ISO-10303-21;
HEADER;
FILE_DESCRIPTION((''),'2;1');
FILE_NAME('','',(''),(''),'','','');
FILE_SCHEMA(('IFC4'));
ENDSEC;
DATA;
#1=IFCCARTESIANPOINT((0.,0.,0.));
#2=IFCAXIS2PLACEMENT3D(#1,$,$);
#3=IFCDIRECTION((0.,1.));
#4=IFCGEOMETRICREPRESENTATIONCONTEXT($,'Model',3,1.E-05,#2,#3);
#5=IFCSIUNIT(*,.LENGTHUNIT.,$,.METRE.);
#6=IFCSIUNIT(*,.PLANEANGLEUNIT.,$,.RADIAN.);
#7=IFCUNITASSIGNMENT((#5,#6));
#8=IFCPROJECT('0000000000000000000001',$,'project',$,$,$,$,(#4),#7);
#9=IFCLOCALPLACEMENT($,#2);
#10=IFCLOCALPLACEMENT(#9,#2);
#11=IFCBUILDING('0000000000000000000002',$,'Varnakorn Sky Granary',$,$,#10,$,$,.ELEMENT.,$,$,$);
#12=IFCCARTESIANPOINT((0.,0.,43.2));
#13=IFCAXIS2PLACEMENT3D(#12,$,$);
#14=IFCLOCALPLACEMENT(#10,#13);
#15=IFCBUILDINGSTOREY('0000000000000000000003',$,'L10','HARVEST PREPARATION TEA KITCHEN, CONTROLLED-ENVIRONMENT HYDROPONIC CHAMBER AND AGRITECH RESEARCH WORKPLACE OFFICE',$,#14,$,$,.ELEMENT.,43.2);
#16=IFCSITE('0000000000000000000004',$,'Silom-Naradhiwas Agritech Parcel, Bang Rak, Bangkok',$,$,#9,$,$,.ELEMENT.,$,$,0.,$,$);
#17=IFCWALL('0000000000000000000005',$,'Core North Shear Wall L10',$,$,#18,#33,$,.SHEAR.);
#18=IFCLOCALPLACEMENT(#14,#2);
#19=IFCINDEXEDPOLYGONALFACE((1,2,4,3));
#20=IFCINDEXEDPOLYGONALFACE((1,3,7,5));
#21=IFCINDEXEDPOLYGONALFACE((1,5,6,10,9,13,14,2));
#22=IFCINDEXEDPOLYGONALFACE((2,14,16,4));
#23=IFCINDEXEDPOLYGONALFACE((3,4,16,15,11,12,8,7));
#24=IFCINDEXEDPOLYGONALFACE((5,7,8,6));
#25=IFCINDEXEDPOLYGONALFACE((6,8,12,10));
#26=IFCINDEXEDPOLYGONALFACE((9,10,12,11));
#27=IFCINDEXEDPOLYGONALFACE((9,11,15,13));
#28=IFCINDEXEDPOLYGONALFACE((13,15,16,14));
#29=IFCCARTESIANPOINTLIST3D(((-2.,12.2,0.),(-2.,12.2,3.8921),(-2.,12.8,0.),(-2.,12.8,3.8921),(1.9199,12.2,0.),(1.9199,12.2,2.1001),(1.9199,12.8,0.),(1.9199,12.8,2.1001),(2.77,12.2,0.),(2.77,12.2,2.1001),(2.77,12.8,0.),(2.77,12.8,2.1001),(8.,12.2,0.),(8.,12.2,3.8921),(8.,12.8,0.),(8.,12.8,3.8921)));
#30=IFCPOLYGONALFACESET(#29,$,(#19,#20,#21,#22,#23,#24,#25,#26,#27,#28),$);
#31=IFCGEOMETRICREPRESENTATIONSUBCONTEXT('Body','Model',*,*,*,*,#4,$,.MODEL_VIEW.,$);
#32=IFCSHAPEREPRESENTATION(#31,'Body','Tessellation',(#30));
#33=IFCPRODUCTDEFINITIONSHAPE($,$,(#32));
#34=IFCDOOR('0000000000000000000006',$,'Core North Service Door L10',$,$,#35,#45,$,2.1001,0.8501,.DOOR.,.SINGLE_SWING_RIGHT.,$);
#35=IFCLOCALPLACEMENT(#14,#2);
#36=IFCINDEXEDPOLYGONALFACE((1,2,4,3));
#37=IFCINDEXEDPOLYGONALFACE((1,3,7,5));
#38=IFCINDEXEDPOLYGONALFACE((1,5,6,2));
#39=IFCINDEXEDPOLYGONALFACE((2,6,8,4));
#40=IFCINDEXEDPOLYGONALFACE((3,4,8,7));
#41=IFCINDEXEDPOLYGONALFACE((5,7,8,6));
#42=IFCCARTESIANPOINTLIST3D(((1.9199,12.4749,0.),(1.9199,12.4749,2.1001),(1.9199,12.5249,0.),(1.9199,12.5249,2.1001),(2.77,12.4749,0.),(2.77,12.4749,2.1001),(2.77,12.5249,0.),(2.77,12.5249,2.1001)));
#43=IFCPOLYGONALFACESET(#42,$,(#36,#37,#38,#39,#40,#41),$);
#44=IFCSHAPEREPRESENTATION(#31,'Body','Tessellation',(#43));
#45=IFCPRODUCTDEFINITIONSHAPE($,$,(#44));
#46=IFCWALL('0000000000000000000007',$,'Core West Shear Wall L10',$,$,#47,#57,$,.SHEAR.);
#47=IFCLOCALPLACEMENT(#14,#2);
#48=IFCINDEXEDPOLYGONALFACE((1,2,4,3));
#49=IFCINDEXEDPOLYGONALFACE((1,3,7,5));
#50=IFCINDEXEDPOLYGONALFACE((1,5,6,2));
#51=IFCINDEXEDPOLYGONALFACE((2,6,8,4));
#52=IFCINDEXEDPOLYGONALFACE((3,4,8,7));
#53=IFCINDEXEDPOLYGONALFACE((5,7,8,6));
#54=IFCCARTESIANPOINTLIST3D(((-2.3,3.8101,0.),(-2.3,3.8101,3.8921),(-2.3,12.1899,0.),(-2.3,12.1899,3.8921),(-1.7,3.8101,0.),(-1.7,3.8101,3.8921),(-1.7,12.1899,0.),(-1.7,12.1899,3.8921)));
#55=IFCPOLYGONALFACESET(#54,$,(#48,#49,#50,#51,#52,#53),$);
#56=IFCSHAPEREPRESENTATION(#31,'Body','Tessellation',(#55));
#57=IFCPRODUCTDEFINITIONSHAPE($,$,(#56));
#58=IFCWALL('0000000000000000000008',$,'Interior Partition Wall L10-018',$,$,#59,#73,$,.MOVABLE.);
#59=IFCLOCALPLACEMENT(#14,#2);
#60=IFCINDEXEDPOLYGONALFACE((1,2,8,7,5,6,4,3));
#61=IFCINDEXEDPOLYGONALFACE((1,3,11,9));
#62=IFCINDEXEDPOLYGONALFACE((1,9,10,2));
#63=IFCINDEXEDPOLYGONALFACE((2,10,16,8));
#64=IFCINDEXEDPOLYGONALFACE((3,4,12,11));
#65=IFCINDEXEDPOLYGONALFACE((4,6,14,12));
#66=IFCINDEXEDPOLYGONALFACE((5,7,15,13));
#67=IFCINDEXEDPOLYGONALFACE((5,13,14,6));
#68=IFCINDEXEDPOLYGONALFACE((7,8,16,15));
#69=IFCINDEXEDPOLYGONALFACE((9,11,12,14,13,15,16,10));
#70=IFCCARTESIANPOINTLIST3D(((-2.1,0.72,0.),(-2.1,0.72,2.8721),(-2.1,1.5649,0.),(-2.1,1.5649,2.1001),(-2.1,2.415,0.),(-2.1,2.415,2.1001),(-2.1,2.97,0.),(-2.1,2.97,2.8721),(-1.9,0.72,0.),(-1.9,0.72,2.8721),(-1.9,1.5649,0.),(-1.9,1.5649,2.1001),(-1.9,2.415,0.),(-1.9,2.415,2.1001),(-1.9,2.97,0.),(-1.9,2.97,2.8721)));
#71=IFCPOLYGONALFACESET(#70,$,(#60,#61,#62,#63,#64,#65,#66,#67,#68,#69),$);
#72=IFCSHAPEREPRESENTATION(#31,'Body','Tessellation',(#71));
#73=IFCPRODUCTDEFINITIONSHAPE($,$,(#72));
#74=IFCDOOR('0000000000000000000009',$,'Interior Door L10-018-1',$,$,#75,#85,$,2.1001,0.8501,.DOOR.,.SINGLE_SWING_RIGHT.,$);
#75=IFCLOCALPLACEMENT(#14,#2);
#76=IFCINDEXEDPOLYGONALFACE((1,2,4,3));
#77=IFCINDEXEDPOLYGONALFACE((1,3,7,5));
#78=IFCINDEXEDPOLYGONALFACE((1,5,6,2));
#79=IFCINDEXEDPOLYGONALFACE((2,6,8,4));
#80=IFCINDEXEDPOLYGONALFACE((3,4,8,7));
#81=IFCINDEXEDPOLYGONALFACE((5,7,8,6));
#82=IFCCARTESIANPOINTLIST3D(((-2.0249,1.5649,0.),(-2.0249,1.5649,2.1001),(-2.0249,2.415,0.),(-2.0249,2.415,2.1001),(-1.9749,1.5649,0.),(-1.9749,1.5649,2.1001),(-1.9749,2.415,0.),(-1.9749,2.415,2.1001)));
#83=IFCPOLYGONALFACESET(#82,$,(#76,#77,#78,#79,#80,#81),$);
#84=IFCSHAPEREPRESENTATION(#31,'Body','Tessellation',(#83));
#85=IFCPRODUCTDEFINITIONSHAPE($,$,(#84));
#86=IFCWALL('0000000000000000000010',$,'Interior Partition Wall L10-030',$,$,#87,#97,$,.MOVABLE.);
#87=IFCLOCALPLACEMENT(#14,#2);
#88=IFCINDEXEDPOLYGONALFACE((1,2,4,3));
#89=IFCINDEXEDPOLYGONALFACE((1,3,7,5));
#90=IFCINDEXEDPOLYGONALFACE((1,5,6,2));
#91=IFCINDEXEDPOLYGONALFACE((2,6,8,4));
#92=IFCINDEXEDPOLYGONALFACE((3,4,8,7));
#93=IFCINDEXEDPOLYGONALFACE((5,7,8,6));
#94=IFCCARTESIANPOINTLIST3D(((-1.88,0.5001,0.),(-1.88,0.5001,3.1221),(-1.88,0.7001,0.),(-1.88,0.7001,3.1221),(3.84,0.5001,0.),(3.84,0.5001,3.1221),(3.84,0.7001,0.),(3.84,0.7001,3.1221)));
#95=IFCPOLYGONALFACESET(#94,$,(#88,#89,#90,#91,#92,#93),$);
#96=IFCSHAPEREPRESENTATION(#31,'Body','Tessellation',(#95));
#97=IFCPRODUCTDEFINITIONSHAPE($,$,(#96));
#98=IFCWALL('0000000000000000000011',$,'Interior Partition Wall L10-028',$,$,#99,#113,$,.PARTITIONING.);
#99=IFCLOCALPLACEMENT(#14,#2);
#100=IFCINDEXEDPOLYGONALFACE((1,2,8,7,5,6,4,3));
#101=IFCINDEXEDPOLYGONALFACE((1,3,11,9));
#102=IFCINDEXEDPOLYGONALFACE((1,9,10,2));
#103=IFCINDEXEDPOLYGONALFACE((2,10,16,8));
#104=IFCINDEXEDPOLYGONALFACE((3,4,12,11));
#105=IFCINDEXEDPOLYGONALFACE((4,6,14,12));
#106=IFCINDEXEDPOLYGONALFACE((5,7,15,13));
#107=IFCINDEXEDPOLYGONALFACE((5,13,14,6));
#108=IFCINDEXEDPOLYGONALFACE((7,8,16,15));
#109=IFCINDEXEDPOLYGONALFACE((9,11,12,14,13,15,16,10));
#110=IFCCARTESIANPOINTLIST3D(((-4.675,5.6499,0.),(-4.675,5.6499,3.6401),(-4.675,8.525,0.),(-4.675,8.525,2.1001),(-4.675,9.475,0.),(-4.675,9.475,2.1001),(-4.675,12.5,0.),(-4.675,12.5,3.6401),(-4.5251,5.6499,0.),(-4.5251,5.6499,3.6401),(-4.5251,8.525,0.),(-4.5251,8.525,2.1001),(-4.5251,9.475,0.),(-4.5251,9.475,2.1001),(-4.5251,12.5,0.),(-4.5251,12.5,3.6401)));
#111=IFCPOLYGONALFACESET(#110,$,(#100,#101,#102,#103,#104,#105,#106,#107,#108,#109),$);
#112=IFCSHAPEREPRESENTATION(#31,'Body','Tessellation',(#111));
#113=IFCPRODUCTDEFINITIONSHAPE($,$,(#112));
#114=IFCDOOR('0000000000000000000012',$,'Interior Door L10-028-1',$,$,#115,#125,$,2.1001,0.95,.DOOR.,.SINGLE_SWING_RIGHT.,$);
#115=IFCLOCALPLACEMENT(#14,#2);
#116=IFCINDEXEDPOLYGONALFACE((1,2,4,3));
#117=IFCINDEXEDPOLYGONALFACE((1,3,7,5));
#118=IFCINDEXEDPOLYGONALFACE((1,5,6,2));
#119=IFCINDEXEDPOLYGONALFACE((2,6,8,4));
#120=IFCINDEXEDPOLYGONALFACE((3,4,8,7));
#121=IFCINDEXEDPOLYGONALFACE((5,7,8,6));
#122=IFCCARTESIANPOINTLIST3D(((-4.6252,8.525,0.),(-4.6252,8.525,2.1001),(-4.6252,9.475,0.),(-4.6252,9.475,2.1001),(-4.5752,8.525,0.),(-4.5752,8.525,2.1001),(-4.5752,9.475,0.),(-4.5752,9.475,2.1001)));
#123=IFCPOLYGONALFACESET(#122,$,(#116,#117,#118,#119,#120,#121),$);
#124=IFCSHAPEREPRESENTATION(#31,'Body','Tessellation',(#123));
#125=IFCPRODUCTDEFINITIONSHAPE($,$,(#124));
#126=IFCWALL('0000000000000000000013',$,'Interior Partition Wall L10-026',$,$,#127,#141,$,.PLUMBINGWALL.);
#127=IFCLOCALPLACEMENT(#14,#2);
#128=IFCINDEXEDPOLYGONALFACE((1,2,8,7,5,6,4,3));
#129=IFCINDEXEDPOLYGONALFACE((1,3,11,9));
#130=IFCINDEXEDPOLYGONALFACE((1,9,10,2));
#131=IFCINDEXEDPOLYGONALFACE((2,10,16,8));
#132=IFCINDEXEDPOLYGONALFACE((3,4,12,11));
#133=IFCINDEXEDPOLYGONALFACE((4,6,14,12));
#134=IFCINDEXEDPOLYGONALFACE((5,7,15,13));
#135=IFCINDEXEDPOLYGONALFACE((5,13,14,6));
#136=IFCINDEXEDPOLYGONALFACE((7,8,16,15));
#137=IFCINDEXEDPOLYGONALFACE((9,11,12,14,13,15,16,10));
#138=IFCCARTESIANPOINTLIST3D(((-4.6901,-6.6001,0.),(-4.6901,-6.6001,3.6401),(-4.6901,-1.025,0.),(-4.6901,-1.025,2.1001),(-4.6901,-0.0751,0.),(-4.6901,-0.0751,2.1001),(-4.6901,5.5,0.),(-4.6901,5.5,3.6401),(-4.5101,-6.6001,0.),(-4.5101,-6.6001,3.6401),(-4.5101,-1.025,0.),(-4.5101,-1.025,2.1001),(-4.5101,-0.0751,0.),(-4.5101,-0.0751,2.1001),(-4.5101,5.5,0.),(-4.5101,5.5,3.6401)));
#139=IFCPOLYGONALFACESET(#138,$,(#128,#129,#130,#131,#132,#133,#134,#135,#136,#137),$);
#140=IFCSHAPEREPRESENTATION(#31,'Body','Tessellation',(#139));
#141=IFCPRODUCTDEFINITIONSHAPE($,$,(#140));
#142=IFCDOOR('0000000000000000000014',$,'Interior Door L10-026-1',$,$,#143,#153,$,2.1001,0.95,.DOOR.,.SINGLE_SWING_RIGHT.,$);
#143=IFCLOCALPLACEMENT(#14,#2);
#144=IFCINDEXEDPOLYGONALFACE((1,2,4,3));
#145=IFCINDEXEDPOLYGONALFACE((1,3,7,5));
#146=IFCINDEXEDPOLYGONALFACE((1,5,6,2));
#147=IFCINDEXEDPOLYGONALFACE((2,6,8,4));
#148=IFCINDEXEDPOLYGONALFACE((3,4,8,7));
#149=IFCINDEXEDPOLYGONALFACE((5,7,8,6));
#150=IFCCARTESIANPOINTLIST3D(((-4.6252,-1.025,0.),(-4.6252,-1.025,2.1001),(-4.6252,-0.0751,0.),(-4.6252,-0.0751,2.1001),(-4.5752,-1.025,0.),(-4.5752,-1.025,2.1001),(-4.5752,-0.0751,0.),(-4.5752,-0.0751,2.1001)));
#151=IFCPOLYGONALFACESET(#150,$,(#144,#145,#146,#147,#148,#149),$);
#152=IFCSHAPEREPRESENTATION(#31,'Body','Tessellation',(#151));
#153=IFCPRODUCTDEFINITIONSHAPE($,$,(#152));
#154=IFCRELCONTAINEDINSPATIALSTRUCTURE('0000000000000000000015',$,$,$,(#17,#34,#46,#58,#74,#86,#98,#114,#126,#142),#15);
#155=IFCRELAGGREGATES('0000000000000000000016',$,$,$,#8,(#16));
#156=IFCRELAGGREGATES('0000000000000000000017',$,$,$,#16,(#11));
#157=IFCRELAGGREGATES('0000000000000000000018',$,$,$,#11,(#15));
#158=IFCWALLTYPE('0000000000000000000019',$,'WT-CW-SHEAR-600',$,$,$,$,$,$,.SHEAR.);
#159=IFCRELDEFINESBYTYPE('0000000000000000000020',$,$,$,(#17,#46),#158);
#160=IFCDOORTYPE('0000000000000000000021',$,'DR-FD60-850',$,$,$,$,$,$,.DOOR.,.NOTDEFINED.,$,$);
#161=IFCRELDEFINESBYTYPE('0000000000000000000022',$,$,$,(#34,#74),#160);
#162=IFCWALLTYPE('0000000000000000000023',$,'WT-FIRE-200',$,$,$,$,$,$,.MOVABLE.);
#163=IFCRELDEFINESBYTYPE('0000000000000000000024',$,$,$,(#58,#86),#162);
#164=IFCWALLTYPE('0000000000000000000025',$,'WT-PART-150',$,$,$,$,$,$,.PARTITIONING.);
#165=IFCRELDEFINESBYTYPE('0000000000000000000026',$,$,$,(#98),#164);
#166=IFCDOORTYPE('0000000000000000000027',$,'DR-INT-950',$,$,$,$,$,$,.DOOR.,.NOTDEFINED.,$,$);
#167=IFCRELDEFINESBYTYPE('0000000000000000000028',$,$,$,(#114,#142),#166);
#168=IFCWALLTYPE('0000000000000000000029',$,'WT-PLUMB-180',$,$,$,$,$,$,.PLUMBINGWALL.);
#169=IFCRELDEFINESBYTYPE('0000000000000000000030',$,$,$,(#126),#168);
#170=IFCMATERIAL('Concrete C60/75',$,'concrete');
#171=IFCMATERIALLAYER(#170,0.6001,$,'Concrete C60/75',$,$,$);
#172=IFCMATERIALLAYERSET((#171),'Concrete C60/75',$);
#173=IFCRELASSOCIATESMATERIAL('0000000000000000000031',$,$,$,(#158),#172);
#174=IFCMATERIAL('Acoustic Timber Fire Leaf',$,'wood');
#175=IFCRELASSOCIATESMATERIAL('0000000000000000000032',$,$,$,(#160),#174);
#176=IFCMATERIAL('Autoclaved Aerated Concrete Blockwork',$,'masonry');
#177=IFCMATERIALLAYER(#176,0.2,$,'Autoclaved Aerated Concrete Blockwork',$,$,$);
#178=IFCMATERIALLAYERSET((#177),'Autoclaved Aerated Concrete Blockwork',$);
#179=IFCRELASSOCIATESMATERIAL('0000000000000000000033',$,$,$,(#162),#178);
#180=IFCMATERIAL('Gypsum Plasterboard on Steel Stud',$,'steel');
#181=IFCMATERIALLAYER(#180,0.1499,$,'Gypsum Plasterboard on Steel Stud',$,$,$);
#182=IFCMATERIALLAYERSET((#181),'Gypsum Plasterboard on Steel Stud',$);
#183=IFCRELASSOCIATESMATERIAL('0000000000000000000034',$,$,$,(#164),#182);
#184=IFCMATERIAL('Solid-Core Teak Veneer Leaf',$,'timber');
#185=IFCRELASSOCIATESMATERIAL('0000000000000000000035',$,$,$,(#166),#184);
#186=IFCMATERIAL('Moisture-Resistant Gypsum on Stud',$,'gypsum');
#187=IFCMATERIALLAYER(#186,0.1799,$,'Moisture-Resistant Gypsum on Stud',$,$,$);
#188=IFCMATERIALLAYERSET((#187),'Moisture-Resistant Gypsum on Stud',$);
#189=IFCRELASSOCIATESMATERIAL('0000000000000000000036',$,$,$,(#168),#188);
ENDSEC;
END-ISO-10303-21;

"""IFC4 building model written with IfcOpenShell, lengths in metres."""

from ifc_helpers import new_model, si_unit, direction, frame, frame_2d, origin, place, context, subcontext, project, spatial, rectangle, extrude, material, layer, layer_set, type_object, element, fill, save


model = new_model("IFC4")

# Units and contexts
model_context = context("Model", 3, precision=1e-05, world=origin(), true_north=direction((0.0, 1.0)))
body_context = subcontext(model_context, "Body", "Model", "MODEL_VIEW")
ifc_project = project(units=[si_unit("LENGTHUNIT", "METRE"), si_unit("PLANEANGLEUNIT", "RADIAN")], contexts=[model_context])

# Site, building, storey
site_placement = place(None, origin())
site = spatial("IfcSite", under=ifc_project, at=site_placement, Name="Silom-Naradhiwas Agritech Parcel, Bang Rak, Bangkok", CompositionType="ELEMENT", RefElevation=0.0)
building_placement = place(site_placement, origin())
building = spatial("IfcBuilding", under=site, at=building_placement, Name="Varnakorn Sky Granary", CompositionType="ELEMENT")
storey_placement = place(building_placement, frame((0.0, 0.0, 43.2)))
storey = spatial("IfcBuildingStorey", under=building, at=storey_placement, Name="L10", Description="HARVEST PREPARATION TEA KITCHEN, CONTROLLED-ENVIRONMENT HYDROPONIC CHAMBER AND AGRITECH RESEARCH WORKPLACE OFFICE", CompositionType="ELEMENT", Elevation=43.2)

# Shared definitions
ifc_material_1 = material(Name="Concrete C60/75", Category="concrete")

# Shared definitions
ifc_layer_1 = layer(ifc_material_1, 0.6001, Name="Concrete C60/75")
ifc_layer_set_1 = layer_set([ifc_layer_1], Name="Concrete C60/75")
wall_type_1 = type_object("IfcWallType", Name="WT-CW-SHEAR-600", PredefinedType="SHEAR", material=ifc_layer_set_1)

# Wall, opening, door
wall_1_placement = place(storey_placement, frame((-2.0, 12.5, 0.0), z_axis=(0.0, 0.0, 1.0), x_axis=(1.0, 0.0, 0.0)))
wall_1 = element("IfcWall", 1, at=wall_1_placement, inside=storey, type_object=wall_type_1, Name="Core North Shear Wall L10", PredefinedType="SHEAR", context=body_context, shape_type="SweptSolid", body=[
    extrude(rectangle(XDim=10.0, YDim=0.6001, at=frame_2d((5.0, 0.0))), origin(), (0.0, 0.0, 1.0), 3.8921),
])
opening_1_placement = place(wall_1_placement, frame((3.9199, 0.0, 0.0)))
opening_1 = element("IfcOpeningElement", 2, at=opening_1_placement, cuts=wall_1, PredefinedType="OPENING", context=body_context, shape_type="SweptSolid", body=[
    extrude(rectangle(XDim=0.8501, YDim=2.1001, at=frame_2d((0.425, 1.05))), frame((0.0, 0.3101, 0.0), z_axis=(0.0, -1.0, 0.0), x_axis=(1.0, 0.0, 0.0)), (0.0, 0.0, 1.0), 0.6201),
])
ifc_material_2 = material(Name="Acoustic Timber Fire Leaf", Category="wood")
door_type_1 = type_object("IfcDoorType", Name="DR-FD60-850", OperationType="NOTDEFINED", PredefinedType="DOOR", material=ifc_material_2)
door_1_placement = place(opening_1_placement, origin())
door_1 = element("IfcDoor", 3, at=door_1_placement, inside=storey, type_object=door_type_1, Name="Core North Service Door L10", OperationType="SINGLE_SWING_RIGHT", OverallHeight=2.1001, OverallWidth=0.8501, PredefinedType="DOOR", context=body_context, shape_type="SweptSolid", body=[
    extrude(rectangle(XDim=0.8501, YDim=2.1001, at=frame_2d((0.425, 1.05))), frame((0.0, 0.0249, 0.0), z_axis=(0.0, -1.0, 0.0), x_axis=(1.0, 0.0, 0.0)), (0.0, 0.0, 1.0), 0.05),
])
fill(opening_1, door_1)

# Wall
wall_2_placement = place(storey_placement, frame((-2.0, 3.8101, 0.0), z_axis=(0.0, 0.0, 1.0), x_axis=(0.0, 1.0, 0.0)))
element("IfcWall", 4, at=wall_2_placement, inside=storey, type_object=wall_type_1, Name="Core West Shear Wall L10", PredefinedType="SHEAR", context=body_context, shape_type="SweptSolid", body=[
    extrude(rectangle(XDim=8.3799, YDim=0.6001, at=frame_2d((4.1899, 0.0))), origin(), (0.0, 0.0, 1.0), 3.8921),
])

# Wall, opening, door
ifc_material_3 = material(Name="Autoclaved Aerated Concrete Blockwork", Category="masonry")
ifc_layer_2 = layer(ifc_material_3, 0.2, Name="Autoclaved Aerated Concrete Blockwork")
ifc_layer_set_2 = layer_set([ifc_layer_2], Name="Autoclaved Aerated Concrete Blockwork")
wall_type_2 = type_object("IfcWallType", Name="WT-FIRE-200", PredefinedType="MOVABLE", material=ifc_layer_set_2)
wall_3_placement = place(storey_placement, frame((-2.0, 0.72, 0.0), z_axis=(0.0, 0.0, 1.0), x_axis=(0.0, 1.0, 0.0)))
wall_3 = element("IfcWall", 5, at=wall_3_placement, inside=storey, type_object=wall_type_2, Name="Interior Partition Wall L10-018", PredefinedType="MOVABLE", context=body_context, shape_type="SweptSolid", body=[
    extrude(rectangle(XDim=2.25, YDim=0.2, at=frame_2d((1.125, 0.0))), origin(), (0.0, 0.0, 1.0), 2.8721),
])
opening_2_placement = place(wall_3_placement, frame((0.845, 0.0, 0.0)))
opening_2 = element("IfcOpeningElement", 6, at=opening_2_placement, cuts=wall_3, PredefinedType="OPENING", context=body_context, shape_type="SweptSolid", body=[
    extrude(rectangle(XDim=0.8501, YDim=2.1001, at=frame_2d((0.425, 1.05))), frame((0.0, 0.1099, 0.0), z_axis=(0.0, -1.0, 0.0), x_axis=(1.0, 0.0, 0.0)), (0.0, 0.0, 1.0), 0.22),
])
door_2_placement = place(opening_2_placement, origin())
door_2 = element("IfcDoor", 7, at=door_2_placement, inside=storey, type_object=door_type_1, Name="Interior Door L10-018-1", OperationType="SINGLE_SWING_RIGHT", OverallHeight=2.1001, OverallWidth=0.8501, PredefinedType="DOOR", context=body_context, shape_type="SweptSolid", body=[
    extrude(rectangle(XDim=0.8501, YDim=2.1001, at=frame_2d((0.425, 1.05))), frame((0.0, 0.0249, 0.0), z_axis=(0.0, -1.0, 0.0), x_axis=(1.0, 0.0, 0.0)), (0.0, 0.0, 1.0), 0.05),
])
fill(opening_2, door_2)

# Wall
wall_4_placement = place(storey_placement, frame((-1.8799, 0.6001, 0.0), z_axis=(0.0, 0.0, 1.0), x_axis=(1.0, 0.0, 0.0)))
element("IfcWall", 8, at=wall_4_placement, inside=storey, type_object=wall_type_2, Name="Interior Partition Wall L10-030", PredefinedType="MOVABLE", context=body_context, shape_type="SweptSolid", body=[
    extrude(rectangle(XDim=5.72, YDim=0.2, at=frame_2d((2.8599, 0.0))), origin(), (0.0, 0.0, 1.0), 3.1221),
])

# Walls, openings, doors
ifc_material_4 = material(Name="Gypsum Plasterboard on Steel Stud", Category="steel")
ifc_layer_3 = layer(ifc_material_4, 0.1499, Name="Gypsum Plasterboard on Steel Stud")
ifc_layer_set_3 = layer_set([ifc_layer_3], Name="Gypsum Plasterboard on Steel Stud")
wall_type_3 = type_object("IfcWallType", Name="WT-PART-150", PredefinedType="PARTITIONING", material=ifc_layer_set_3)
wall_5_placement = place(storey_placement, frame((-4.6001, 12.5, 0.0), z_axis=(0.0, 0.0, 1.0), x_axis=(0.0, -1.0, 0.0)))
wall_5 = element("IfcWall", 9, at=wall_5_placement, inside=storey, type_object=wall_type_3, Name="Interior Partition Wall L10-028", PredefinedType="PARTITIONING", context=body_context, shape_type="SweptSolid", body=[
    extrude(rectangle(XDim=6.8501, YDim=0.1499, at=frame_2d((3.425, 0.0))), origin(), (0.0, 0.0, 1.0), 3.6401),
])
opening_3_placement = place(wall_5_placement, frame((3.0249, 0.0, 0.0)))
opening_3 = element("IfcOpeningElement", 10, at=opening_3_placement, cuts=wall_5, PredefinedType="OPENING", context=body_context, shape_type="SweptSolid", body=[
    extrude(rectangle(XDim=0.95, YDim=2.1001, at=frame_2d((0.4751, 1.05))), frame((0.0, 0.085, 0.0), z_axis=(0.0, -1.0, 0.0), x_axis=(1.0, 0.0, 0.0)), (0.0, 0.0, 1.0), 0.1699),
])
ifc_material_5 = material(Name="Solid-Core Teak Veneer Leaf", Category="timber")
door_type_2 = type_object("IfcDoorType", Name="DR-INT-950", OperationType="NOTDEFINED", PredefinedType="DOOR", material=ifc_material_5)
door_3_placement = place(opening_3_placement, origin())
door_3 = element("IfcDoor", 11, at=door_3_placement, inside=storey, type_object=door_type_2, Name="Interior Door L10-028-1", OperationType="SINGLE_SWING_RIGHT", OverallHeight=2.1001, OverallWidth=0.95, PredefinedType="DOOR", context=body_context, shape_type="SweptSolid", body=[
    extrude(rectangle(XDim=0.95, YDim=2.1001, at=frame_2d((0.4751, 1.05))), frame((0.0, 0.0249, 0.0), z_axis=(0.0, -1.0, 0.0), x_axis=(1.0, 0.0, 0.0)), (0.0, 0.0, 1.0), 0.05),
])
fill(opening_3, door_3)
ifc_material_6 = material(Name="Moisture-Resistant Gypsum on Stud", Category="gypsum")
ifc_layer_4 = layer(ifc_material_6, 0.1799, Name="Moisture-Resistant Gypsum on Stud")
ifc_layer_set_4 = layer_set([ifc_layer_4], Name="Moisture-Resistant Gypsum on Stud")
wall_type_4 = type_object("IfcWallType", Name="WT-PLUMB-180", PredefinedType="PLUMBINGWALL", material=ifc_layer_set_4)
wall_6_placement = place(storey_placement, frame((-4.6001, 5.5, 0.0), z_axis=(0.0, 0.0, 1.0), x_axis=(0.0, -1.0, 0.0)))
wall_6 = element("IfcWall", 12, at=wall_6_placement, inside=storey, type_object=wall_type_4, Name="Interior Partition Wall L10-026", PredefinedType="PLUMBINGWALL", context=body_context, shape_type="SweptSolid", body=[
    extrude(rectangle(XDim=12.1001, YDim=0.1799, at=frame_2d((6.05, 0.0))), origin(), (0.0, 0.0, 1.0), 3.6401),
])
opening_4_placement = place(wall_6_placement, frame((5.575, 0.0, 0.0)))
opening_4 = element("IfcOpeningElement", 13, at=opening_4_placement, cuts=wall_6, PredefinedType="OPENING", context=body_context, shape_type="SweptSolid", body=[
    extrude(rectangle(XDim=0.95, YDim=2.1001, at=frame_2d((0.4751, 1.05))), frame((0.0, 0.1001, 0.0), z_axis=(0.0, -1.0, 0.0), x_axis=(1.0, 0.0, 0.0)), (0.0, 0.0, 1.0), 0.2),
])
door_4_placement = place(opening_4_placement, origin())
door_4 = element("IfcDoor", 14, at=door_4_placement, inside=storey, type_object=door_type_2, Name="Interior Door L10-026-1", OperationType="SINGLE_SWING_RIGHT", OverallHeight=2.1001, OverallWidth=0.95, PredefinedType="DOOR", context=body_context, shape_type="SweptSolid", body=[
    extrude(rectangle(XDim=0.95, YDim=2.1001, at=frame_2d((0.4751, 1.05))), frame((0.0, 0.0249, 0.0), z_axis=(0.0, -1.0, 0.0), x_axis=(1.0, 0.0, 0.0)), (0.0, 0.0, 1.0), 0.05),
])
fill(opening_4, door_4)

save(model, "model.ifc")
